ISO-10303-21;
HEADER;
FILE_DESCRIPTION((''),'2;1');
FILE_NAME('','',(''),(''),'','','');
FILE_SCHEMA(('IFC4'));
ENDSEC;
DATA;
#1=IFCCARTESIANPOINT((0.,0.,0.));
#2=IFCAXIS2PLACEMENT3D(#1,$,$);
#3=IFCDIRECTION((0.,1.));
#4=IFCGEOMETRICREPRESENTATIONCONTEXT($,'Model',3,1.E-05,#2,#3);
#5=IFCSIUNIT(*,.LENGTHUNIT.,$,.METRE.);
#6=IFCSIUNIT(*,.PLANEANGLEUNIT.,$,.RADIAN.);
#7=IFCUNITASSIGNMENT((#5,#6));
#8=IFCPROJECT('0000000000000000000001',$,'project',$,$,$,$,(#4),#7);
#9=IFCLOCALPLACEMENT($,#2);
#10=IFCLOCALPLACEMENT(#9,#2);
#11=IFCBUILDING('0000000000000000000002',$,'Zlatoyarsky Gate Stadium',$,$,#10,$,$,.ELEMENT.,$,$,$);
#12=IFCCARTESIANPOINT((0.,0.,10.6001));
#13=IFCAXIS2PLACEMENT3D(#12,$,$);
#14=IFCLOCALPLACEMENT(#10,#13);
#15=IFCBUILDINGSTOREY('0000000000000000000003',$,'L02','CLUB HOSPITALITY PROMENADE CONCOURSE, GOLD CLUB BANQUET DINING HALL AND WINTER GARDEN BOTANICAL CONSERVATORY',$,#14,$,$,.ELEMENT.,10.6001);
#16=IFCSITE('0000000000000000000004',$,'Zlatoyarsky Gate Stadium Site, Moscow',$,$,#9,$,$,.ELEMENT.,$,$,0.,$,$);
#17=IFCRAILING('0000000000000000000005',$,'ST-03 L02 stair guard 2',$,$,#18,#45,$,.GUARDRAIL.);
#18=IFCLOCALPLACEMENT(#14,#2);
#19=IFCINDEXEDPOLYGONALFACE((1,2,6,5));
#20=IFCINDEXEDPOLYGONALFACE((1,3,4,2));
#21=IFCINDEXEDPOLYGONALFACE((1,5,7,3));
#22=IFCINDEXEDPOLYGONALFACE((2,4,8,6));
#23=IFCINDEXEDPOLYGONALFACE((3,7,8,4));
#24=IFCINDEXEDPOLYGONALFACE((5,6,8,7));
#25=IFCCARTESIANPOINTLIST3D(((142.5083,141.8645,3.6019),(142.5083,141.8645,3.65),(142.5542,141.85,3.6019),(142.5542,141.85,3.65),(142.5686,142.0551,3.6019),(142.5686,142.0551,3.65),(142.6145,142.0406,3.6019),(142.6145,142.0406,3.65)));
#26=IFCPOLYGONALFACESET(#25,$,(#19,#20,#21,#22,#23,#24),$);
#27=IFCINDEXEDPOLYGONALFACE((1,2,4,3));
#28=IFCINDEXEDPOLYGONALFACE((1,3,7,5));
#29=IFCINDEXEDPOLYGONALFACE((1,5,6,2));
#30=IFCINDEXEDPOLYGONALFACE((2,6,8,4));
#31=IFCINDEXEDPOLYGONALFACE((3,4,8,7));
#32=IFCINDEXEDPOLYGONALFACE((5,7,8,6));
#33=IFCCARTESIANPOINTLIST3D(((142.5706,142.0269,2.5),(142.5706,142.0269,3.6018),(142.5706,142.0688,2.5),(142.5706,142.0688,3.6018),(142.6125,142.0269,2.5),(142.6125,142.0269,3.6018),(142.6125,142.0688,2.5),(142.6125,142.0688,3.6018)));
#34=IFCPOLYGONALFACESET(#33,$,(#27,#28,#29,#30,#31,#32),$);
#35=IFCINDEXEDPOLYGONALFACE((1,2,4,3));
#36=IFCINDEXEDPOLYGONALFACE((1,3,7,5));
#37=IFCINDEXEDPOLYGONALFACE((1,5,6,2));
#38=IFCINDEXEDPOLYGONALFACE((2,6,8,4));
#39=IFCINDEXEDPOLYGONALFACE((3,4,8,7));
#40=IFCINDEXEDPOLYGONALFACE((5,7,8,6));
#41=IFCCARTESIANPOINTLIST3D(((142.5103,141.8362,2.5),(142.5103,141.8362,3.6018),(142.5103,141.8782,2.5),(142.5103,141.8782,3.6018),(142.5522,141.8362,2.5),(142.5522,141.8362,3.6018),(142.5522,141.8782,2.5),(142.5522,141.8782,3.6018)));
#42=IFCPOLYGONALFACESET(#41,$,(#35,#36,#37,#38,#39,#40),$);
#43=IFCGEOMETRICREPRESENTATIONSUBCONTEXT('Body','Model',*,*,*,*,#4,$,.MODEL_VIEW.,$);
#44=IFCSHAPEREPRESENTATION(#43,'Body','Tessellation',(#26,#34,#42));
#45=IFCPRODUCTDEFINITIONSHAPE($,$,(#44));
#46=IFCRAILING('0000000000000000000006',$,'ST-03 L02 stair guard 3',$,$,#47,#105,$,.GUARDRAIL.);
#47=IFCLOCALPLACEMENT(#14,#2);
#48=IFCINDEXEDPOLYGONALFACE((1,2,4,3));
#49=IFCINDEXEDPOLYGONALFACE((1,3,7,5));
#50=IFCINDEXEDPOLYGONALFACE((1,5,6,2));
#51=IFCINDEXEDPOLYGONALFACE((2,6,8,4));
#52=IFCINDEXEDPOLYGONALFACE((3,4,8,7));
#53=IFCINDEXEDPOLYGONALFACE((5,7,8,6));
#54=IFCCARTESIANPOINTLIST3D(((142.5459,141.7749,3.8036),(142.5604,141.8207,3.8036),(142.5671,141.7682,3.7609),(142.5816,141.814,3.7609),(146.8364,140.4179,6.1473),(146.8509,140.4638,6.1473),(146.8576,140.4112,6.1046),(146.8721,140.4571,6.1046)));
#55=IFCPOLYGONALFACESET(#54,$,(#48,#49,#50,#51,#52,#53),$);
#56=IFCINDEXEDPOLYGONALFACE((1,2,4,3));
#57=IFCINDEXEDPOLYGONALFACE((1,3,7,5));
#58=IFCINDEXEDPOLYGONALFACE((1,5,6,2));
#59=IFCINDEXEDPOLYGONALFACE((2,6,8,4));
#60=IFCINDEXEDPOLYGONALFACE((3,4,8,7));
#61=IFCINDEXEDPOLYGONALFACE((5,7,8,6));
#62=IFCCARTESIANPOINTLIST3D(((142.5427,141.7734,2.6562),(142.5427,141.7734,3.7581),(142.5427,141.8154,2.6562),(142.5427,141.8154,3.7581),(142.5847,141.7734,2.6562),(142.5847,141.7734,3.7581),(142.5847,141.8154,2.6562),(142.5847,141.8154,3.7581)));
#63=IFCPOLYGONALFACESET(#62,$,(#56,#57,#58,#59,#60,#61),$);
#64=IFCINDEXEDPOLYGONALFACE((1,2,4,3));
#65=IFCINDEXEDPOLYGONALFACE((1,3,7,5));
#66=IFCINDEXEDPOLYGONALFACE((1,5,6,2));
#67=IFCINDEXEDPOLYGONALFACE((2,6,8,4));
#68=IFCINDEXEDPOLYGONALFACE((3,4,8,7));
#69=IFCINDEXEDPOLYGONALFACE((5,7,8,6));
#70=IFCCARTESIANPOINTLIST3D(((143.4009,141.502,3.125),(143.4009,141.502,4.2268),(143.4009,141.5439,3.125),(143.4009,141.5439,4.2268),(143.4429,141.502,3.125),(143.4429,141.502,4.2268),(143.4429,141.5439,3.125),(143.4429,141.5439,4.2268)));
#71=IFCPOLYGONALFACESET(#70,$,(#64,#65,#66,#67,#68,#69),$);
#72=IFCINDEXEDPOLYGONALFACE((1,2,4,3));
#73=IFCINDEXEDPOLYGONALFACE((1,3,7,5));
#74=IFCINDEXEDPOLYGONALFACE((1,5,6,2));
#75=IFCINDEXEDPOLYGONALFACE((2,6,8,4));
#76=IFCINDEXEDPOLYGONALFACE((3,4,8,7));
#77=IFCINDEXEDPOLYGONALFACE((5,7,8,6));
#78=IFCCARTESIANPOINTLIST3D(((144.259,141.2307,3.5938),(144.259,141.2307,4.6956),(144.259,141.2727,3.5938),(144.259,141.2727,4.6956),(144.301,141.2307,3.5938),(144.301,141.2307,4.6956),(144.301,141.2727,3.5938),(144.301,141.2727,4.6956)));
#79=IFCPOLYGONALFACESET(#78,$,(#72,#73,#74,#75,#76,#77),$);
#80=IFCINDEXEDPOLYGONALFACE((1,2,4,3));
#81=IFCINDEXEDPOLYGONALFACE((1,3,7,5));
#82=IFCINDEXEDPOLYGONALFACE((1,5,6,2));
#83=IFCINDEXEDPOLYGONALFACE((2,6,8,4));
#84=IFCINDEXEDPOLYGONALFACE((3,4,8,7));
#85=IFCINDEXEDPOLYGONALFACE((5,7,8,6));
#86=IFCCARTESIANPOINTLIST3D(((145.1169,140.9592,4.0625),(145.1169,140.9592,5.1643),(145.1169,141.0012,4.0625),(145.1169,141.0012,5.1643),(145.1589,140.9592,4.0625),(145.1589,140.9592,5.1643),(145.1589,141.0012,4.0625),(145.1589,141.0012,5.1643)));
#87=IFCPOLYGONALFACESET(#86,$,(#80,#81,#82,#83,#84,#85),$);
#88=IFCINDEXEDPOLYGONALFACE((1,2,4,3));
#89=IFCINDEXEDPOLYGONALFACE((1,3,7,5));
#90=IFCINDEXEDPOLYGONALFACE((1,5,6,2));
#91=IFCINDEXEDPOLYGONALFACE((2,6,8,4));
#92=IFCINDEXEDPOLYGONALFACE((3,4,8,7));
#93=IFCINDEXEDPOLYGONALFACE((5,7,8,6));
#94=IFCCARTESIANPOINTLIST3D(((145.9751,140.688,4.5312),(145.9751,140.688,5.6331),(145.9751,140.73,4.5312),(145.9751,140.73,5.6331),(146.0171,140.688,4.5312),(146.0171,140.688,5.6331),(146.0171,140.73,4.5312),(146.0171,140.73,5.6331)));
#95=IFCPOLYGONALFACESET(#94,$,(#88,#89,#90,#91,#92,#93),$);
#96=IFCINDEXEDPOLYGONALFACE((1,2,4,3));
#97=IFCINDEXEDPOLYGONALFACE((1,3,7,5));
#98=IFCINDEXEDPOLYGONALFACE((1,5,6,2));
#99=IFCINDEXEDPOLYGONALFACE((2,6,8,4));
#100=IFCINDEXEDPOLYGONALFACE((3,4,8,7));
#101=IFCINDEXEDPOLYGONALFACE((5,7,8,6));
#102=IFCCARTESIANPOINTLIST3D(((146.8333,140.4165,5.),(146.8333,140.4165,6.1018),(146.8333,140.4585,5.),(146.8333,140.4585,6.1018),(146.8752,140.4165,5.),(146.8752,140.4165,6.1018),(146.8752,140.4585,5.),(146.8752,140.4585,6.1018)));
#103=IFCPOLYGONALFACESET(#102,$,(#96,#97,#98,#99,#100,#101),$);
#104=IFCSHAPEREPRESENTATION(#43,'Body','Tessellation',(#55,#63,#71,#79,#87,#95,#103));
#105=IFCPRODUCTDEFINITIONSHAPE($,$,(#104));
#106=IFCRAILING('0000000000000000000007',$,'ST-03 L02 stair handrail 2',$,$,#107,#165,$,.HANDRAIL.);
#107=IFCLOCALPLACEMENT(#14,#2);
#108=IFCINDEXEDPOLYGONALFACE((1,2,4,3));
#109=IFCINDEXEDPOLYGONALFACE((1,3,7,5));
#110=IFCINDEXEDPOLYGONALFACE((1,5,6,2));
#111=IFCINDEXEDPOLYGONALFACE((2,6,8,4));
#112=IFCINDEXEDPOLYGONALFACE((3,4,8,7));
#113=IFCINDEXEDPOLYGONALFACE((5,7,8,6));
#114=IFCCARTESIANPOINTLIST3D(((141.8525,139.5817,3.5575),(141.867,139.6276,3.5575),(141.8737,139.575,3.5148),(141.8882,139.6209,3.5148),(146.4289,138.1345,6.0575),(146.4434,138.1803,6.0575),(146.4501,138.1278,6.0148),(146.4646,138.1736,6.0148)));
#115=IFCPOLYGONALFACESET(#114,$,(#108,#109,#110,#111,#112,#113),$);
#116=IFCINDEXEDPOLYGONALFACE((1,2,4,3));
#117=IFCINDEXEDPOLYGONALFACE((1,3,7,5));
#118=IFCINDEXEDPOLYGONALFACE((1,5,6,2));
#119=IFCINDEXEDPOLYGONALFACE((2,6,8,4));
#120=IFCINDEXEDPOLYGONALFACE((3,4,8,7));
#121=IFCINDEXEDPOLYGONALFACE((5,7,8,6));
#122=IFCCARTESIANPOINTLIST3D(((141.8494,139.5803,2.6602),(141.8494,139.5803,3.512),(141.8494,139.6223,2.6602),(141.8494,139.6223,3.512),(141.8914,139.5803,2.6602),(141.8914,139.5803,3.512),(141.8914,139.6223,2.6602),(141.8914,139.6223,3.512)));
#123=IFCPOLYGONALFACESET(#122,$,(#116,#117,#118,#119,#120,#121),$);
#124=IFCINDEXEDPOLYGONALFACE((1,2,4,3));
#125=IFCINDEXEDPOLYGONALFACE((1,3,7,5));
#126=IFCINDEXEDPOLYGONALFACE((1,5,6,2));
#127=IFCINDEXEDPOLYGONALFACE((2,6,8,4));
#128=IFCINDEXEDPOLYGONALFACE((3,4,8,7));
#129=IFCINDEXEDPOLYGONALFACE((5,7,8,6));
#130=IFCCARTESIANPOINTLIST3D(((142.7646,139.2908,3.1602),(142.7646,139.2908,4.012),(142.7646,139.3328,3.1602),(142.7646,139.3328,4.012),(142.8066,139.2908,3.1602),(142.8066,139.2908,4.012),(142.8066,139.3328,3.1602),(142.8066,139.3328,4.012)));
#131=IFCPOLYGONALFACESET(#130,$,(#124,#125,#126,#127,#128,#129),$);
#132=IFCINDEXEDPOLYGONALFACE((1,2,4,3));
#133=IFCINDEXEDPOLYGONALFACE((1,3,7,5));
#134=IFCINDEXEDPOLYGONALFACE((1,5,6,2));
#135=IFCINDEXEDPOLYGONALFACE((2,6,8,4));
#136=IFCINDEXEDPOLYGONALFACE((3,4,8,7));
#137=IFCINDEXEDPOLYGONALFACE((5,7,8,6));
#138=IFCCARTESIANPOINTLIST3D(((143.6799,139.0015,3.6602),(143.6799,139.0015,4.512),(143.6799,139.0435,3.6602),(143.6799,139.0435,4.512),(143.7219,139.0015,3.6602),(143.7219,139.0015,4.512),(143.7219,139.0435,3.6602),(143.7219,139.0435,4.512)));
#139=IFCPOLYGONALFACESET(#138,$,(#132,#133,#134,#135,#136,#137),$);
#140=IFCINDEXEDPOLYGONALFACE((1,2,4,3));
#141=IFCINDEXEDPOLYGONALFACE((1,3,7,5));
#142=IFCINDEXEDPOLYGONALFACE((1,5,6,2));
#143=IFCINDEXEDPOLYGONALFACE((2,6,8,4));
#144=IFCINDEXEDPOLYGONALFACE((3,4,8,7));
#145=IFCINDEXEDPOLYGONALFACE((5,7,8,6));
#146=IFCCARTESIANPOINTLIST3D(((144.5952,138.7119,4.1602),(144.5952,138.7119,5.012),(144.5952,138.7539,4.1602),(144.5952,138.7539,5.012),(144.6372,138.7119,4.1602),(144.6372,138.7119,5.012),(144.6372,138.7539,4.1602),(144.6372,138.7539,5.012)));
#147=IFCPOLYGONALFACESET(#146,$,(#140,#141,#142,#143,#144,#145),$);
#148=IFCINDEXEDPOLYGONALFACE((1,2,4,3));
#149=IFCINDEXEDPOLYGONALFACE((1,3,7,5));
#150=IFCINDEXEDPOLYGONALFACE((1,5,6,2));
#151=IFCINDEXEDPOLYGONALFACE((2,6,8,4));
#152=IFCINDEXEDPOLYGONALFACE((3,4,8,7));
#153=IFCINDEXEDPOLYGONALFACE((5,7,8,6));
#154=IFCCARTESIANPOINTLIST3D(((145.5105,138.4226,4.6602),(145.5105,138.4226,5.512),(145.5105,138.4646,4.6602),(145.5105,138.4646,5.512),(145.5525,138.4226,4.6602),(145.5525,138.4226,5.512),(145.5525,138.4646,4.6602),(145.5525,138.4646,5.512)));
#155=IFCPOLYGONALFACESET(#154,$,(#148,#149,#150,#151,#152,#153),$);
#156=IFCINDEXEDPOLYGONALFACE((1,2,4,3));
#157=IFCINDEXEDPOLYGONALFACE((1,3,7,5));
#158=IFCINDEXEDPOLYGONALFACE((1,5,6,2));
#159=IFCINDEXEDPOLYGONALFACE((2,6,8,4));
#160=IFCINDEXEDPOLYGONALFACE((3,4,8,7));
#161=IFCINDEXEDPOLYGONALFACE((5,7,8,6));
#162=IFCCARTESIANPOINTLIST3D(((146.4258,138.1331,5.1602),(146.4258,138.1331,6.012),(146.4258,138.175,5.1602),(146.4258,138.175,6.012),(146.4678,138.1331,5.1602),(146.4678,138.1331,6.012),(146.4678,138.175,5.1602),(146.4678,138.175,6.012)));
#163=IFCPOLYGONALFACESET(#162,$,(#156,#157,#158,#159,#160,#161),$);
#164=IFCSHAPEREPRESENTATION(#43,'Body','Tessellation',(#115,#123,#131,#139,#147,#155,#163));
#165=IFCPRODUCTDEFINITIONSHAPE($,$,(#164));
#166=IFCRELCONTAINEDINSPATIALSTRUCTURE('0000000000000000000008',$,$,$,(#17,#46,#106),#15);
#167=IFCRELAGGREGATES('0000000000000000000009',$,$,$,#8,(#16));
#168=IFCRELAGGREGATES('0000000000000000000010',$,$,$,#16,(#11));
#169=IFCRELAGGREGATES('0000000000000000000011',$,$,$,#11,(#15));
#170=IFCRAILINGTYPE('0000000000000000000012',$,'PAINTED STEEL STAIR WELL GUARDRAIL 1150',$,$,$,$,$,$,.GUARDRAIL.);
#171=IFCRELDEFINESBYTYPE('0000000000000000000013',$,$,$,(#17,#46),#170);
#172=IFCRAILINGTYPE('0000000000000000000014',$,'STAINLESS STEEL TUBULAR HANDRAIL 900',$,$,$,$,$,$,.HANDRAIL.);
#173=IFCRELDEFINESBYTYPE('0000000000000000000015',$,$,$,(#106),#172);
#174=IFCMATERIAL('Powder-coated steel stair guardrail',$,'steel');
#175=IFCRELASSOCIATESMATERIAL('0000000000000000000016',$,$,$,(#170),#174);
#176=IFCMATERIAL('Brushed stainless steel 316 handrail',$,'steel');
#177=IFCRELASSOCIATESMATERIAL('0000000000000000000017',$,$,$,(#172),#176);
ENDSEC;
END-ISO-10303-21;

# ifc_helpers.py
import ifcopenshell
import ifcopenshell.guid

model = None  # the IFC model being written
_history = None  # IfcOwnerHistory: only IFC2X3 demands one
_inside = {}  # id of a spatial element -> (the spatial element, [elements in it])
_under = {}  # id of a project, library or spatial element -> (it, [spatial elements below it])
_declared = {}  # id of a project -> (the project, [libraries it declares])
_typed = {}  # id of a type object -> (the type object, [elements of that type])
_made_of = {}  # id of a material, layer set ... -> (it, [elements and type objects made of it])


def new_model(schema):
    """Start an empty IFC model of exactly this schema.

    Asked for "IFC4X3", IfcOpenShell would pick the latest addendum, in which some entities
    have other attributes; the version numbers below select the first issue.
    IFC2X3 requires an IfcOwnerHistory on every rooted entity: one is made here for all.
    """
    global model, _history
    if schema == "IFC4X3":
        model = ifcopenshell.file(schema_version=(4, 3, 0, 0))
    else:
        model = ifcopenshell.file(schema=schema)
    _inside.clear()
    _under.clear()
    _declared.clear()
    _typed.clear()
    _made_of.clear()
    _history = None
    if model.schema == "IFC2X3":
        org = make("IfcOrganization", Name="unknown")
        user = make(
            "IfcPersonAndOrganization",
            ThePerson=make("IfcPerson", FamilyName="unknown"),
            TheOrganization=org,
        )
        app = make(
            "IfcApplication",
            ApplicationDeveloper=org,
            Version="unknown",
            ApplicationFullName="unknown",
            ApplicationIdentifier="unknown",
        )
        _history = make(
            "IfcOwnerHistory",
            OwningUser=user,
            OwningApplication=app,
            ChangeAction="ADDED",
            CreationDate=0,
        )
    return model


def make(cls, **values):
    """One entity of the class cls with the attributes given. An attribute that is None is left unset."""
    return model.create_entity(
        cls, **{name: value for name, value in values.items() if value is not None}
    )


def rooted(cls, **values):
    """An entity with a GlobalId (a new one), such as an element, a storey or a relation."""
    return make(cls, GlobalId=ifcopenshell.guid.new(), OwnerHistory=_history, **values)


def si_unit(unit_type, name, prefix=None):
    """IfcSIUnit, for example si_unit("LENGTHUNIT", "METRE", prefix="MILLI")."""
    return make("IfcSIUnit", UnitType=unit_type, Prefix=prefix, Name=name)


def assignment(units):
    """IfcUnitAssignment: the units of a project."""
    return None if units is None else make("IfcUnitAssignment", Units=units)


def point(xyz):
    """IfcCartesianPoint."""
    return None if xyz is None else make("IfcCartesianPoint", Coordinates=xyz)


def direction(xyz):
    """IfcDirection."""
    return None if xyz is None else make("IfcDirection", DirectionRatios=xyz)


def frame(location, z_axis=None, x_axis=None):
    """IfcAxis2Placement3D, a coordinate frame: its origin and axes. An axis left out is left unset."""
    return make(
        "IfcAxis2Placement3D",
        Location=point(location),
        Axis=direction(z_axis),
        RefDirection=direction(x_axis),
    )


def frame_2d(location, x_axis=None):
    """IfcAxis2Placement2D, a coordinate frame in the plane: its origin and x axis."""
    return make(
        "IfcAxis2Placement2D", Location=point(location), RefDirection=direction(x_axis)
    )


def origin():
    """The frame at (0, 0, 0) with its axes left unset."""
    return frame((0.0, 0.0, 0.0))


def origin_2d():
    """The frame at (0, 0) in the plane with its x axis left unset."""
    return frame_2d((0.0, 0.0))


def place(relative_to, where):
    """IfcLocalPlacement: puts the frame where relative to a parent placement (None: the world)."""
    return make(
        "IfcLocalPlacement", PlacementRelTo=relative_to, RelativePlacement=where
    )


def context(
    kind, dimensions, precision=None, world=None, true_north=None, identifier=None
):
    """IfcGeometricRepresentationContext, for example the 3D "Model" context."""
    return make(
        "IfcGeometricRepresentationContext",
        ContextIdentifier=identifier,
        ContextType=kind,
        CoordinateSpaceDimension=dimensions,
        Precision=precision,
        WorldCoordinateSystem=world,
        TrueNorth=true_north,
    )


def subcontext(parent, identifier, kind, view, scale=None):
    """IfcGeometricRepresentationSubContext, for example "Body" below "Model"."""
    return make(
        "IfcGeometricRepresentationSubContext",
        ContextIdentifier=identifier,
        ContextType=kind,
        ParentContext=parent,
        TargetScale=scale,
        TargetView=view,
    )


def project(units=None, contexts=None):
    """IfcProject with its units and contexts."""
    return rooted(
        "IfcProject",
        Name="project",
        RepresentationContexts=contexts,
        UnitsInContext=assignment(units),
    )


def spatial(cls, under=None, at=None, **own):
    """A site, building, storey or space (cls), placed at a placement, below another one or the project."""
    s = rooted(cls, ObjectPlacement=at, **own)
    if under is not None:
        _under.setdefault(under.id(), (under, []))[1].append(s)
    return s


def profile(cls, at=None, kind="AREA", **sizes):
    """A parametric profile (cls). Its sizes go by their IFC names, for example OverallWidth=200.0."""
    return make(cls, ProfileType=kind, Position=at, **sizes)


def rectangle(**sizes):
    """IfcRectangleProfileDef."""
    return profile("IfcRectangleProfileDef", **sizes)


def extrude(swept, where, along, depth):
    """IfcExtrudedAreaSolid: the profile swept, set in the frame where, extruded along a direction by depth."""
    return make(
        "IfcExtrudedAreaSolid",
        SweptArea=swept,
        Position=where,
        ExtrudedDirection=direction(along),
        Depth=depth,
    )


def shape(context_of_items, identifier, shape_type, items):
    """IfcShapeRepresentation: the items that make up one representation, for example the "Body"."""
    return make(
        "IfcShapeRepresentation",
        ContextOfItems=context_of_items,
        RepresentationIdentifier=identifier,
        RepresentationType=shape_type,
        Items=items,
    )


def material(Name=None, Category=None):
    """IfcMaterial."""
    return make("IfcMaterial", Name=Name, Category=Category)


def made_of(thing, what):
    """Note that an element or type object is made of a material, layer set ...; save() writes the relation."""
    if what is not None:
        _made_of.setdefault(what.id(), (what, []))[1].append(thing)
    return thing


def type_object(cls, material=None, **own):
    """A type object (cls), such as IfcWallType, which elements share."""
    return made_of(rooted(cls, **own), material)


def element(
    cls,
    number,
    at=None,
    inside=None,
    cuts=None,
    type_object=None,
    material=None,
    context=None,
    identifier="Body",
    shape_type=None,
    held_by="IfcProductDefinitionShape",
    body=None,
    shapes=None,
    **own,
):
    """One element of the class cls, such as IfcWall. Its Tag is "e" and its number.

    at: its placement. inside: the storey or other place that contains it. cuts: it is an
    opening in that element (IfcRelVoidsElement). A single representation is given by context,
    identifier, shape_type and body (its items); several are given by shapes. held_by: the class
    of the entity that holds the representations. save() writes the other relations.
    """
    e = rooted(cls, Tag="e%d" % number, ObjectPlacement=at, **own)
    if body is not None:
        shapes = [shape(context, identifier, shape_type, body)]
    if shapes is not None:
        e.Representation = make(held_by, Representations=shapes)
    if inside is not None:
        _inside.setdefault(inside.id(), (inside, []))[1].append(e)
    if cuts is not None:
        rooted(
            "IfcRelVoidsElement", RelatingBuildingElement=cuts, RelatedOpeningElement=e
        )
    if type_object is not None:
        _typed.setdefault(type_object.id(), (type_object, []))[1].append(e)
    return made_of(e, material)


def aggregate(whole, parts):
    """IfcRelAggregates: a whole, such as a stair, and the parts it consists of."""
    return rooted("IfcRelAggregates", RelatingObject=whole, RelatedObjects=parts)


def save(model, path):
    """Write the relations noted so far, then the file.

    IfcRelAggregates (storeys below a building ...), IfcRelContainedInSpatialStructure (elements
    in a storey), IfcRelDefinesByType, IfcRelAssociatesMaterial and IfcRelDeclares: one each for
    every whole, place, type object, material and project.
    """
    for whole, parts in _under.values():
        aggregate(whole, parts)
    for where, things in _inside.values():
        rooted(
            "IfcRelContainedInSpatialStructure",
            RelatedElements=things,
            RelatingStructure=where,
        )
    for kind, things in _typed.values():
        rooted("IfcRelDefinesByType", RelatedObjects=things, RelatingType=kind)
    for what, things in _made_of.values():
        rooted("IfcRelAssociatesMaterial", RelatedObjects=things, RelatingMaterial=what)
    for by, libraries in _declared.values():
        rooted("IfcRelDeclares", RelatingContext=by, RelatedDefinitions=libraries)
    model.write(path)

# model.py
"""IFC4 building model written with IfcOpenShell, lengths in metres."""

from ifc_helpers import new_model, si_unit, direction, frame, origin, origin_2d, place, context, subcontext, project, spatial, rectangle, extrude, material, type_object, element, save


model = new_model("IFC4")

# Units and contexts
model_context = context("Model", 3, precision=1e-05, world=origin(), true_north=direction((0.0, 1.0)))
body_context = subcontext(model_context, "Body", "Model", "MODEL_VIEW")
ifc_project = project(units=[si_unit("LENGTHUNIT", "METRE"), si_unit("PLANEANGLEUNIT", "RADIAN")], contexts=[model_context])

# Site, building, storey
site_placement = place(None, origin())
site = spatial("IfcSite", under=ifc_project, at=site_placement, Name="Zlatoyarsky Gate Stadium Site, Moscow", CompositionType="ELEMENT", RefElevation=0.0)
building_placement = place(site_placement, origin())
building = spatial("IfcBuilding", under=site, at=building_placement, Name="Zlatoyarsky Gate Stadium", CompositionType="ELEMENT")
storey_placement = place(building_placement, frame((0.0, 0.0, 10.6001)))
storey = spatial("IfcBuildingStorey", under=building, at=storey_placement, Name="L02", Description="CLUB HOSPITALITY PROMENADE CONCOURSE, GOLD CLUB BANQUET DINING HALL AND WINTER GARDEN BOTANICAL CONSERVATORY", CompositionType="ELEMENT", Elevation=10.6001)

# Railings
ifc_material_1 = material(Name="Powder-coated steel stair guardrail", Category="steel")
railing_type_1 = type_object("IfcRailingType", Name="PAINTED STEEL STAIR WELL GUARDRAIL 1150", PredefinedType="GUARDRAIL", material=ifc_material_1)
railing_1_placement = place(storey_placement, frame((142.5916, 142.0479, 2.5)))
element("IfcRailing", 1, at=railing_1_placement, inside=storey, type_object=railing_type_1, Name="ST-03 L02 stair guard 2", PredefinedType="GUARDRAIL", context=body_context, shape_type="SweptSolid", body=[
    extrude(rectangle(XDim=0.0481, YDim=0.0481, at=origin_2d()), frame((0.0, 0.0, 1.126), z_axis=(-0.30154, -0.953453, 0.0), x_axis=(0.953453, -0.30154, 0.0)), (0.0, 0.0, 1.0), 0.2),
    extrude(rectangle(XDim=0.042, YDim=0.042, at=origin_2d()), origin(), (0.0, 0.0, 1.0), 1.1018),
    extrude(rectangle(XDim=0.042, YDim=0.042, at=origin_2d()), frame((-0.0603, -0.1907, 0.0)), (0.0, 0.0, 1.0), 1.1018),
])
railing_2_placement = place(storey_placement, frame((142.5637, 141.7944, 2.6562)))
element("IfcRailing", 2, at=railing_2_placement, inside=storey, type_object=railing_type_1, Name="ST-03 L02 stair guard 3", PredefinedType="GUARDRAIL", context=body_context, shape_type="SweptSolid", body=[
    extrude(rectangle(XDim=0.0481, YDim=0.0481, at=origin_2d()), frame((0.0, 0.0, 1.126), z_axis=(0.84563, -0.267441, 0.461935), x_axis=(0.301542, 0.953453, 0.0)), (0.0, 0.0, 1.0), 5.0737),
    extrude(rectangle(XDim=0.042, YDim=0.042, at=origin_2d()), origin(), (0.0, 0.0, 1.0), 1.1018),
    extrude(rectangle(XDim=0.042, YDim=0.042, at=origin_2d()), frame((0.8582, -0.2715, 0.4688)), (0.0, 0.0, 1.0), 1.1018),
    extrude(rectangle(XDim=0.042, YDim=0.042, at=origin_2d()), frame((1.7163, -0.5427, 0.9375)), (0.0, 0.0, 1.0), 1.1018),
    extrude(rectangle(XDim=0.042, YDim=0.042, at=origin_2d()), frame((2.5742, -0.8142, 1.4062)), (0.0, 0.0, 1.0), 1.1018),
    extrude(rectangle(XDim=0.042, YDim=0.042, at=origin_2d()), frame((3.4324, -1.0854, 1.875)), (0.0, 0.0, 1.0), 1.1018),
    extrude(rectangle(XDim=0.042, YDim=0.042, at=origin_2d()), frame((4.2905, -1.3569, 2.3438)), (0.0, 0.0, 1.0), 1.1018),
])
ifc_material_2 = material(Name="Brushed stainless steel 316 handrail", Category="steel")
railing_type_2 = type_object("IfcRailingType", Name="STAINLESS STEEL TUBULAR HANDRAIL 900", PredefinedType="HANDRAIL", material=ifc_material_2)
railing_3_placement = place(storey_placement, frame((141.8704, 139.6013, 2.6602)))
element("IfcRailing", 3, at=railing_3_placement, inside=storey, type_object=railing_type_2, Name="ST-03 L02 stair handrail 2", PredefinedType="HANDRAIL", context=body_context, shape_type="SweptSolid", body=[
    extrude(rectangle(XDim=0.0481, YDim=0.0481, at=origin_2d()), frame((0.0, 0.0, 0.876), z_axis=(0.845628, -0.267425, 0.461949), x_axis=(0.301526, 0.953458, 0.0)), (0.0, 0.0, 1.0), 5.4119),
    extrude(rectangle(XDim=0.042, YDim=0.042, at=origin_2d()), origin(), (0.0, 0.0, 1.0), 0.8518),
    extrude(rectangle(XDim=0.042, YDim=0.042, at=origin_2d()), frame((0.9153, -0.2896, 0.5)), (0.0, 0.0, 1.0), 0.8518),
    extrude(rectangle(XDim=0.042, YDim=0.042, at=origin_2d()), frame((1.8306, -0.5789, 1.0)), (0.0, 0.0, 1.0), 0.8518),
    extrude(rectangle(XDim=0.042, YDim=0.042, at=origin_2d()), frame((2.7458, -0.8684, 1.5)), (0.0, 0.0, 1.0), 0.8518),
    extrude(rectangle(XDim=0.042, YDim=0.042, at=origin_2d()), frame((3.6611, -1.1577, 2.0)), (0.0, 0.0, 1.0), 0.8518),
    extrude(rectangle(XDim=0.042, YDim=0.042, at=origin_2d()), frame((4.5764, -1.4473, 2.5)), (0.0, 0.0, 1.0), 0.8518),
])

save(model, "model.ifc")
